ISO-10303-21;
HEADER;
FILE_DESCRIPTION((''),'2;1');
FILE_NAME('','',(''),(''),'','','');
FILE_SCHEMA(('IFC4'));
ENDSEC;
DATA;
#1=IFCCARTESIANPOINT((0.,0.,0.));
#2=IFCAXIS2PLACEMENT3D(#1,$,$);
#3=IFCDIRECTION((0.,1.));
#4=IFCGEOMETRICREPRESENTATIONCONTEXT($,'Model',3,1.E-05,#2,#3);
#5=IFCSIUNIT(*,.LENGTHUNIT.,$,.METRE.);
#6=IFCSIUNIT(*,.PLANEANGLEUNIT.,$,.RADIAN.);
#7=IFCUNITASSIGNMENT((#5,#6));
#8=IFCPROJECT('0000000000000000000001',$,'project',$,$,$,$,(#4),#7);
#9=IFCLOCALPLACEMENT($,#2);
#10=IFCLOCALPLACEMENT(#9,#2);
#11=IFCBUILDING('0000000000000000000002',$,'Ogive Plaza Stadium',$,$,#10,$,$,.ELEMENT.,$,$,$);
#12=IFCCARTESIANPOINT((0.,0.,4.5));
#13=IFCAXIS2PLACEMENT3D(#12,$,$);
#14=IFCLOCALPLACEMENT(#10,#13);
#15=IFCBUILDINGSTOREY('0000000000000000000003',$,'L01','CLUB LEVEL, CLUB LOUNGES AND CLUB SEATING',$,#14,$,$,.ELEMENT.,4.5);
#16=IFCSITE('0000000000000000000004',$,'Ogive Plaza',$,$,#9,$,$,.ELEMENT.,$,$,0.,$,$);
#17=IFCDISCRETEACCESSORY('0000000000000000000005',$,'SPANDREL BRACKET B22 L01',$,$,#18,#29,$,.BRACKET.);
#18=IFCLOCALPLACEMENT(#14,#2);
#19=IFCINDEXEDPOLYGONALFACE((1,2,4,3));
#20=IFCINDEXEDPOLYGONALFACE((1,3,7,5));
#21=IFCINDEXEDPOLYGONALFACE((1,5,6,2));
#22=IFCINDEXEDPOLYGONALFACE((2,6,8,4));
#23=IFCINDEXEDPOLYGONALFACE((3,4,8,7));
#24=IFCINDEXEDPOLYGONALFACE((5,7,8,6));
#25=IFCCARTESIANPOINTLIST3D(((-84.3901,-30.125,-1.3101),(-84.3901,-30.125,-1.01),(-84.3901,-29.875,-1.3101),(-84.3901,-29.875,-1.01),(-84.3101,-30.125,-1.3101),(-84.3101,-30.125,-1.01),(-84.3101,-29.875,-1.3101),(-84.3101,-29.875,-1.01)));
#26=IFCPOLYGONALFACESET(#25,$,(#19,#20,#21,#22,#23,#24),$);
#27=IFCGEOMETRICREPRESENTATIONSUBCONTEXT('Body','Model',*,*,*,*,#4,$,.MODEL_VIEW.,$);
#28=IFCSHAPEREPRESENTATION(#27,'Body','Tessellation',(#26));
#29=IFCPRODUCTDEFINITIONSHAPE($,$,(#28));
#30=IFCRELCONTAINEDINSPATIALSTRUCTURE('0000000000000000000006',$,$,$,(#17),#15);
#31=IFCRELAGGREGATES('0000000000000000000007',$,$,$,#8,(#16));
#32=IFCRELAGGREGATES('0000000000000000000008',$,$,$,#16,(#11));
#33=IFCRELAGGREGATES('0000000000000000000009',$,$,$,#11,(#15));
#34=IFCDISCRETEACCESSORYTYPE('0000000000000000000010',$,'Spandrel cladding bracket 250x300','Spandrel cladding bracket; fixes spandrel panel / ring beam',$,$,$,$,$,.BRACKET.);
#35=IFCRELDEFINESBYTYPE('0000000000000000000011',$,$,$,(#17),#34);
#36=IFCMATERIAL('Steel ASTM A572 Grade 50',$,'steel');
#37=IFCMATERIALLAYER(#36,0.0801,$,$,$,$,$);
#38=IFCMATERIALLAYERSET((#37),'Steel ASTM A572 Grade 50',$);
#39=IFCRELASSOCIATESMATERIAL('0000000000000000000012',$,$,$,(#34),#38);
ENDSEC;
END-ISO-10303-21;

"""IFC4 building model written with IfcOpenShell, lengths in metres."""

from ifc_helpers import new_model, si_unit, direction, frame, origin, origin_2d, place, context, subcontext, project, spatial, rectangle, extrude, material, layer, layer_set, type_object, element, save


model = new_model("IFC4")

# Units and contexts
model_context = context("Model", 3, precision=1e-05, world=origin(), true_north=direction((0.0, 1.0)))
body_context = subcontext(model_context, "Body", "Model", "MODEL_VIEW")
ifc_project = project(units=[si_unit("LENGTHUNIT", "METRE"), si_unit("PLANEANGLEUNIT", "RADIAN")], contexts=[model_context])

# Site, building, storey
site_placement = place(None, origin())
site = spatial("IfcSite", under=ifc_project, at=site_placement, Name="Ogive Plaza", CompositionType="ELEMENT", RefElevation=0.0)
building_placement = place(site_placement, origin())
building = spatial("IfcBuilding", under=site, at=building_placement, Name="Ogive Plaza Stadium", CompositionType="ELEMENT")
storey_placement = place(building_placement, frame((0.0, 0.0, 4.5)))
storey = spatial("IfcBuildingStorey", under=building, at=storey_placement, Name="L01", Description="CLUB LEVEL, CLUB LOUNGES AND CLUB SEATING", CompositionType="ELEMENT", Elevation=4.5)

# Discrete accessory
ifc_material_1 = material(Name="Steel ASTM A572 Grade 50", Category="steel")
ifc_layer_1 = layer(ifc_material_1, 0.0801)
ifc_layer_set_1 = layer_set([ifc_layer_1], Name="Steel ASTM A572 Grade 50")
discrete_accessory_type = type_object("IfcDiscreteAccessoryType", Name="Spandrel cladding bracket 250x300", Description="Spandrel cladding bracket; fixes spandrel panel / ring beam", PredefinedType="BRACKET", material=ifc_layer_set_1)
discrete_accessory_placement = place(storey_placement, frame((-84.3501, -30.0, -1.3101), z_axis=(0.0, 0.0, 1.0), x_axis=(0.0, 1.0, 0.0)))
element("IfcDiscreteAccessory", 1, at=discrete_accessory_placement, inside=storey, type_object=discrete_accessory_type, Name="SPANDREL BRACKET B22 L01", PredefinedType="BRACKET", context=body_context, shape_type="SweptSolid", body=[
    extrude(rectangle(XDim=0.25, YDim=0.0801, at=origin_2d()), origin(), (0.0, 0.0, 1.0), 0.3),
])

save(model, "model.ifc")
